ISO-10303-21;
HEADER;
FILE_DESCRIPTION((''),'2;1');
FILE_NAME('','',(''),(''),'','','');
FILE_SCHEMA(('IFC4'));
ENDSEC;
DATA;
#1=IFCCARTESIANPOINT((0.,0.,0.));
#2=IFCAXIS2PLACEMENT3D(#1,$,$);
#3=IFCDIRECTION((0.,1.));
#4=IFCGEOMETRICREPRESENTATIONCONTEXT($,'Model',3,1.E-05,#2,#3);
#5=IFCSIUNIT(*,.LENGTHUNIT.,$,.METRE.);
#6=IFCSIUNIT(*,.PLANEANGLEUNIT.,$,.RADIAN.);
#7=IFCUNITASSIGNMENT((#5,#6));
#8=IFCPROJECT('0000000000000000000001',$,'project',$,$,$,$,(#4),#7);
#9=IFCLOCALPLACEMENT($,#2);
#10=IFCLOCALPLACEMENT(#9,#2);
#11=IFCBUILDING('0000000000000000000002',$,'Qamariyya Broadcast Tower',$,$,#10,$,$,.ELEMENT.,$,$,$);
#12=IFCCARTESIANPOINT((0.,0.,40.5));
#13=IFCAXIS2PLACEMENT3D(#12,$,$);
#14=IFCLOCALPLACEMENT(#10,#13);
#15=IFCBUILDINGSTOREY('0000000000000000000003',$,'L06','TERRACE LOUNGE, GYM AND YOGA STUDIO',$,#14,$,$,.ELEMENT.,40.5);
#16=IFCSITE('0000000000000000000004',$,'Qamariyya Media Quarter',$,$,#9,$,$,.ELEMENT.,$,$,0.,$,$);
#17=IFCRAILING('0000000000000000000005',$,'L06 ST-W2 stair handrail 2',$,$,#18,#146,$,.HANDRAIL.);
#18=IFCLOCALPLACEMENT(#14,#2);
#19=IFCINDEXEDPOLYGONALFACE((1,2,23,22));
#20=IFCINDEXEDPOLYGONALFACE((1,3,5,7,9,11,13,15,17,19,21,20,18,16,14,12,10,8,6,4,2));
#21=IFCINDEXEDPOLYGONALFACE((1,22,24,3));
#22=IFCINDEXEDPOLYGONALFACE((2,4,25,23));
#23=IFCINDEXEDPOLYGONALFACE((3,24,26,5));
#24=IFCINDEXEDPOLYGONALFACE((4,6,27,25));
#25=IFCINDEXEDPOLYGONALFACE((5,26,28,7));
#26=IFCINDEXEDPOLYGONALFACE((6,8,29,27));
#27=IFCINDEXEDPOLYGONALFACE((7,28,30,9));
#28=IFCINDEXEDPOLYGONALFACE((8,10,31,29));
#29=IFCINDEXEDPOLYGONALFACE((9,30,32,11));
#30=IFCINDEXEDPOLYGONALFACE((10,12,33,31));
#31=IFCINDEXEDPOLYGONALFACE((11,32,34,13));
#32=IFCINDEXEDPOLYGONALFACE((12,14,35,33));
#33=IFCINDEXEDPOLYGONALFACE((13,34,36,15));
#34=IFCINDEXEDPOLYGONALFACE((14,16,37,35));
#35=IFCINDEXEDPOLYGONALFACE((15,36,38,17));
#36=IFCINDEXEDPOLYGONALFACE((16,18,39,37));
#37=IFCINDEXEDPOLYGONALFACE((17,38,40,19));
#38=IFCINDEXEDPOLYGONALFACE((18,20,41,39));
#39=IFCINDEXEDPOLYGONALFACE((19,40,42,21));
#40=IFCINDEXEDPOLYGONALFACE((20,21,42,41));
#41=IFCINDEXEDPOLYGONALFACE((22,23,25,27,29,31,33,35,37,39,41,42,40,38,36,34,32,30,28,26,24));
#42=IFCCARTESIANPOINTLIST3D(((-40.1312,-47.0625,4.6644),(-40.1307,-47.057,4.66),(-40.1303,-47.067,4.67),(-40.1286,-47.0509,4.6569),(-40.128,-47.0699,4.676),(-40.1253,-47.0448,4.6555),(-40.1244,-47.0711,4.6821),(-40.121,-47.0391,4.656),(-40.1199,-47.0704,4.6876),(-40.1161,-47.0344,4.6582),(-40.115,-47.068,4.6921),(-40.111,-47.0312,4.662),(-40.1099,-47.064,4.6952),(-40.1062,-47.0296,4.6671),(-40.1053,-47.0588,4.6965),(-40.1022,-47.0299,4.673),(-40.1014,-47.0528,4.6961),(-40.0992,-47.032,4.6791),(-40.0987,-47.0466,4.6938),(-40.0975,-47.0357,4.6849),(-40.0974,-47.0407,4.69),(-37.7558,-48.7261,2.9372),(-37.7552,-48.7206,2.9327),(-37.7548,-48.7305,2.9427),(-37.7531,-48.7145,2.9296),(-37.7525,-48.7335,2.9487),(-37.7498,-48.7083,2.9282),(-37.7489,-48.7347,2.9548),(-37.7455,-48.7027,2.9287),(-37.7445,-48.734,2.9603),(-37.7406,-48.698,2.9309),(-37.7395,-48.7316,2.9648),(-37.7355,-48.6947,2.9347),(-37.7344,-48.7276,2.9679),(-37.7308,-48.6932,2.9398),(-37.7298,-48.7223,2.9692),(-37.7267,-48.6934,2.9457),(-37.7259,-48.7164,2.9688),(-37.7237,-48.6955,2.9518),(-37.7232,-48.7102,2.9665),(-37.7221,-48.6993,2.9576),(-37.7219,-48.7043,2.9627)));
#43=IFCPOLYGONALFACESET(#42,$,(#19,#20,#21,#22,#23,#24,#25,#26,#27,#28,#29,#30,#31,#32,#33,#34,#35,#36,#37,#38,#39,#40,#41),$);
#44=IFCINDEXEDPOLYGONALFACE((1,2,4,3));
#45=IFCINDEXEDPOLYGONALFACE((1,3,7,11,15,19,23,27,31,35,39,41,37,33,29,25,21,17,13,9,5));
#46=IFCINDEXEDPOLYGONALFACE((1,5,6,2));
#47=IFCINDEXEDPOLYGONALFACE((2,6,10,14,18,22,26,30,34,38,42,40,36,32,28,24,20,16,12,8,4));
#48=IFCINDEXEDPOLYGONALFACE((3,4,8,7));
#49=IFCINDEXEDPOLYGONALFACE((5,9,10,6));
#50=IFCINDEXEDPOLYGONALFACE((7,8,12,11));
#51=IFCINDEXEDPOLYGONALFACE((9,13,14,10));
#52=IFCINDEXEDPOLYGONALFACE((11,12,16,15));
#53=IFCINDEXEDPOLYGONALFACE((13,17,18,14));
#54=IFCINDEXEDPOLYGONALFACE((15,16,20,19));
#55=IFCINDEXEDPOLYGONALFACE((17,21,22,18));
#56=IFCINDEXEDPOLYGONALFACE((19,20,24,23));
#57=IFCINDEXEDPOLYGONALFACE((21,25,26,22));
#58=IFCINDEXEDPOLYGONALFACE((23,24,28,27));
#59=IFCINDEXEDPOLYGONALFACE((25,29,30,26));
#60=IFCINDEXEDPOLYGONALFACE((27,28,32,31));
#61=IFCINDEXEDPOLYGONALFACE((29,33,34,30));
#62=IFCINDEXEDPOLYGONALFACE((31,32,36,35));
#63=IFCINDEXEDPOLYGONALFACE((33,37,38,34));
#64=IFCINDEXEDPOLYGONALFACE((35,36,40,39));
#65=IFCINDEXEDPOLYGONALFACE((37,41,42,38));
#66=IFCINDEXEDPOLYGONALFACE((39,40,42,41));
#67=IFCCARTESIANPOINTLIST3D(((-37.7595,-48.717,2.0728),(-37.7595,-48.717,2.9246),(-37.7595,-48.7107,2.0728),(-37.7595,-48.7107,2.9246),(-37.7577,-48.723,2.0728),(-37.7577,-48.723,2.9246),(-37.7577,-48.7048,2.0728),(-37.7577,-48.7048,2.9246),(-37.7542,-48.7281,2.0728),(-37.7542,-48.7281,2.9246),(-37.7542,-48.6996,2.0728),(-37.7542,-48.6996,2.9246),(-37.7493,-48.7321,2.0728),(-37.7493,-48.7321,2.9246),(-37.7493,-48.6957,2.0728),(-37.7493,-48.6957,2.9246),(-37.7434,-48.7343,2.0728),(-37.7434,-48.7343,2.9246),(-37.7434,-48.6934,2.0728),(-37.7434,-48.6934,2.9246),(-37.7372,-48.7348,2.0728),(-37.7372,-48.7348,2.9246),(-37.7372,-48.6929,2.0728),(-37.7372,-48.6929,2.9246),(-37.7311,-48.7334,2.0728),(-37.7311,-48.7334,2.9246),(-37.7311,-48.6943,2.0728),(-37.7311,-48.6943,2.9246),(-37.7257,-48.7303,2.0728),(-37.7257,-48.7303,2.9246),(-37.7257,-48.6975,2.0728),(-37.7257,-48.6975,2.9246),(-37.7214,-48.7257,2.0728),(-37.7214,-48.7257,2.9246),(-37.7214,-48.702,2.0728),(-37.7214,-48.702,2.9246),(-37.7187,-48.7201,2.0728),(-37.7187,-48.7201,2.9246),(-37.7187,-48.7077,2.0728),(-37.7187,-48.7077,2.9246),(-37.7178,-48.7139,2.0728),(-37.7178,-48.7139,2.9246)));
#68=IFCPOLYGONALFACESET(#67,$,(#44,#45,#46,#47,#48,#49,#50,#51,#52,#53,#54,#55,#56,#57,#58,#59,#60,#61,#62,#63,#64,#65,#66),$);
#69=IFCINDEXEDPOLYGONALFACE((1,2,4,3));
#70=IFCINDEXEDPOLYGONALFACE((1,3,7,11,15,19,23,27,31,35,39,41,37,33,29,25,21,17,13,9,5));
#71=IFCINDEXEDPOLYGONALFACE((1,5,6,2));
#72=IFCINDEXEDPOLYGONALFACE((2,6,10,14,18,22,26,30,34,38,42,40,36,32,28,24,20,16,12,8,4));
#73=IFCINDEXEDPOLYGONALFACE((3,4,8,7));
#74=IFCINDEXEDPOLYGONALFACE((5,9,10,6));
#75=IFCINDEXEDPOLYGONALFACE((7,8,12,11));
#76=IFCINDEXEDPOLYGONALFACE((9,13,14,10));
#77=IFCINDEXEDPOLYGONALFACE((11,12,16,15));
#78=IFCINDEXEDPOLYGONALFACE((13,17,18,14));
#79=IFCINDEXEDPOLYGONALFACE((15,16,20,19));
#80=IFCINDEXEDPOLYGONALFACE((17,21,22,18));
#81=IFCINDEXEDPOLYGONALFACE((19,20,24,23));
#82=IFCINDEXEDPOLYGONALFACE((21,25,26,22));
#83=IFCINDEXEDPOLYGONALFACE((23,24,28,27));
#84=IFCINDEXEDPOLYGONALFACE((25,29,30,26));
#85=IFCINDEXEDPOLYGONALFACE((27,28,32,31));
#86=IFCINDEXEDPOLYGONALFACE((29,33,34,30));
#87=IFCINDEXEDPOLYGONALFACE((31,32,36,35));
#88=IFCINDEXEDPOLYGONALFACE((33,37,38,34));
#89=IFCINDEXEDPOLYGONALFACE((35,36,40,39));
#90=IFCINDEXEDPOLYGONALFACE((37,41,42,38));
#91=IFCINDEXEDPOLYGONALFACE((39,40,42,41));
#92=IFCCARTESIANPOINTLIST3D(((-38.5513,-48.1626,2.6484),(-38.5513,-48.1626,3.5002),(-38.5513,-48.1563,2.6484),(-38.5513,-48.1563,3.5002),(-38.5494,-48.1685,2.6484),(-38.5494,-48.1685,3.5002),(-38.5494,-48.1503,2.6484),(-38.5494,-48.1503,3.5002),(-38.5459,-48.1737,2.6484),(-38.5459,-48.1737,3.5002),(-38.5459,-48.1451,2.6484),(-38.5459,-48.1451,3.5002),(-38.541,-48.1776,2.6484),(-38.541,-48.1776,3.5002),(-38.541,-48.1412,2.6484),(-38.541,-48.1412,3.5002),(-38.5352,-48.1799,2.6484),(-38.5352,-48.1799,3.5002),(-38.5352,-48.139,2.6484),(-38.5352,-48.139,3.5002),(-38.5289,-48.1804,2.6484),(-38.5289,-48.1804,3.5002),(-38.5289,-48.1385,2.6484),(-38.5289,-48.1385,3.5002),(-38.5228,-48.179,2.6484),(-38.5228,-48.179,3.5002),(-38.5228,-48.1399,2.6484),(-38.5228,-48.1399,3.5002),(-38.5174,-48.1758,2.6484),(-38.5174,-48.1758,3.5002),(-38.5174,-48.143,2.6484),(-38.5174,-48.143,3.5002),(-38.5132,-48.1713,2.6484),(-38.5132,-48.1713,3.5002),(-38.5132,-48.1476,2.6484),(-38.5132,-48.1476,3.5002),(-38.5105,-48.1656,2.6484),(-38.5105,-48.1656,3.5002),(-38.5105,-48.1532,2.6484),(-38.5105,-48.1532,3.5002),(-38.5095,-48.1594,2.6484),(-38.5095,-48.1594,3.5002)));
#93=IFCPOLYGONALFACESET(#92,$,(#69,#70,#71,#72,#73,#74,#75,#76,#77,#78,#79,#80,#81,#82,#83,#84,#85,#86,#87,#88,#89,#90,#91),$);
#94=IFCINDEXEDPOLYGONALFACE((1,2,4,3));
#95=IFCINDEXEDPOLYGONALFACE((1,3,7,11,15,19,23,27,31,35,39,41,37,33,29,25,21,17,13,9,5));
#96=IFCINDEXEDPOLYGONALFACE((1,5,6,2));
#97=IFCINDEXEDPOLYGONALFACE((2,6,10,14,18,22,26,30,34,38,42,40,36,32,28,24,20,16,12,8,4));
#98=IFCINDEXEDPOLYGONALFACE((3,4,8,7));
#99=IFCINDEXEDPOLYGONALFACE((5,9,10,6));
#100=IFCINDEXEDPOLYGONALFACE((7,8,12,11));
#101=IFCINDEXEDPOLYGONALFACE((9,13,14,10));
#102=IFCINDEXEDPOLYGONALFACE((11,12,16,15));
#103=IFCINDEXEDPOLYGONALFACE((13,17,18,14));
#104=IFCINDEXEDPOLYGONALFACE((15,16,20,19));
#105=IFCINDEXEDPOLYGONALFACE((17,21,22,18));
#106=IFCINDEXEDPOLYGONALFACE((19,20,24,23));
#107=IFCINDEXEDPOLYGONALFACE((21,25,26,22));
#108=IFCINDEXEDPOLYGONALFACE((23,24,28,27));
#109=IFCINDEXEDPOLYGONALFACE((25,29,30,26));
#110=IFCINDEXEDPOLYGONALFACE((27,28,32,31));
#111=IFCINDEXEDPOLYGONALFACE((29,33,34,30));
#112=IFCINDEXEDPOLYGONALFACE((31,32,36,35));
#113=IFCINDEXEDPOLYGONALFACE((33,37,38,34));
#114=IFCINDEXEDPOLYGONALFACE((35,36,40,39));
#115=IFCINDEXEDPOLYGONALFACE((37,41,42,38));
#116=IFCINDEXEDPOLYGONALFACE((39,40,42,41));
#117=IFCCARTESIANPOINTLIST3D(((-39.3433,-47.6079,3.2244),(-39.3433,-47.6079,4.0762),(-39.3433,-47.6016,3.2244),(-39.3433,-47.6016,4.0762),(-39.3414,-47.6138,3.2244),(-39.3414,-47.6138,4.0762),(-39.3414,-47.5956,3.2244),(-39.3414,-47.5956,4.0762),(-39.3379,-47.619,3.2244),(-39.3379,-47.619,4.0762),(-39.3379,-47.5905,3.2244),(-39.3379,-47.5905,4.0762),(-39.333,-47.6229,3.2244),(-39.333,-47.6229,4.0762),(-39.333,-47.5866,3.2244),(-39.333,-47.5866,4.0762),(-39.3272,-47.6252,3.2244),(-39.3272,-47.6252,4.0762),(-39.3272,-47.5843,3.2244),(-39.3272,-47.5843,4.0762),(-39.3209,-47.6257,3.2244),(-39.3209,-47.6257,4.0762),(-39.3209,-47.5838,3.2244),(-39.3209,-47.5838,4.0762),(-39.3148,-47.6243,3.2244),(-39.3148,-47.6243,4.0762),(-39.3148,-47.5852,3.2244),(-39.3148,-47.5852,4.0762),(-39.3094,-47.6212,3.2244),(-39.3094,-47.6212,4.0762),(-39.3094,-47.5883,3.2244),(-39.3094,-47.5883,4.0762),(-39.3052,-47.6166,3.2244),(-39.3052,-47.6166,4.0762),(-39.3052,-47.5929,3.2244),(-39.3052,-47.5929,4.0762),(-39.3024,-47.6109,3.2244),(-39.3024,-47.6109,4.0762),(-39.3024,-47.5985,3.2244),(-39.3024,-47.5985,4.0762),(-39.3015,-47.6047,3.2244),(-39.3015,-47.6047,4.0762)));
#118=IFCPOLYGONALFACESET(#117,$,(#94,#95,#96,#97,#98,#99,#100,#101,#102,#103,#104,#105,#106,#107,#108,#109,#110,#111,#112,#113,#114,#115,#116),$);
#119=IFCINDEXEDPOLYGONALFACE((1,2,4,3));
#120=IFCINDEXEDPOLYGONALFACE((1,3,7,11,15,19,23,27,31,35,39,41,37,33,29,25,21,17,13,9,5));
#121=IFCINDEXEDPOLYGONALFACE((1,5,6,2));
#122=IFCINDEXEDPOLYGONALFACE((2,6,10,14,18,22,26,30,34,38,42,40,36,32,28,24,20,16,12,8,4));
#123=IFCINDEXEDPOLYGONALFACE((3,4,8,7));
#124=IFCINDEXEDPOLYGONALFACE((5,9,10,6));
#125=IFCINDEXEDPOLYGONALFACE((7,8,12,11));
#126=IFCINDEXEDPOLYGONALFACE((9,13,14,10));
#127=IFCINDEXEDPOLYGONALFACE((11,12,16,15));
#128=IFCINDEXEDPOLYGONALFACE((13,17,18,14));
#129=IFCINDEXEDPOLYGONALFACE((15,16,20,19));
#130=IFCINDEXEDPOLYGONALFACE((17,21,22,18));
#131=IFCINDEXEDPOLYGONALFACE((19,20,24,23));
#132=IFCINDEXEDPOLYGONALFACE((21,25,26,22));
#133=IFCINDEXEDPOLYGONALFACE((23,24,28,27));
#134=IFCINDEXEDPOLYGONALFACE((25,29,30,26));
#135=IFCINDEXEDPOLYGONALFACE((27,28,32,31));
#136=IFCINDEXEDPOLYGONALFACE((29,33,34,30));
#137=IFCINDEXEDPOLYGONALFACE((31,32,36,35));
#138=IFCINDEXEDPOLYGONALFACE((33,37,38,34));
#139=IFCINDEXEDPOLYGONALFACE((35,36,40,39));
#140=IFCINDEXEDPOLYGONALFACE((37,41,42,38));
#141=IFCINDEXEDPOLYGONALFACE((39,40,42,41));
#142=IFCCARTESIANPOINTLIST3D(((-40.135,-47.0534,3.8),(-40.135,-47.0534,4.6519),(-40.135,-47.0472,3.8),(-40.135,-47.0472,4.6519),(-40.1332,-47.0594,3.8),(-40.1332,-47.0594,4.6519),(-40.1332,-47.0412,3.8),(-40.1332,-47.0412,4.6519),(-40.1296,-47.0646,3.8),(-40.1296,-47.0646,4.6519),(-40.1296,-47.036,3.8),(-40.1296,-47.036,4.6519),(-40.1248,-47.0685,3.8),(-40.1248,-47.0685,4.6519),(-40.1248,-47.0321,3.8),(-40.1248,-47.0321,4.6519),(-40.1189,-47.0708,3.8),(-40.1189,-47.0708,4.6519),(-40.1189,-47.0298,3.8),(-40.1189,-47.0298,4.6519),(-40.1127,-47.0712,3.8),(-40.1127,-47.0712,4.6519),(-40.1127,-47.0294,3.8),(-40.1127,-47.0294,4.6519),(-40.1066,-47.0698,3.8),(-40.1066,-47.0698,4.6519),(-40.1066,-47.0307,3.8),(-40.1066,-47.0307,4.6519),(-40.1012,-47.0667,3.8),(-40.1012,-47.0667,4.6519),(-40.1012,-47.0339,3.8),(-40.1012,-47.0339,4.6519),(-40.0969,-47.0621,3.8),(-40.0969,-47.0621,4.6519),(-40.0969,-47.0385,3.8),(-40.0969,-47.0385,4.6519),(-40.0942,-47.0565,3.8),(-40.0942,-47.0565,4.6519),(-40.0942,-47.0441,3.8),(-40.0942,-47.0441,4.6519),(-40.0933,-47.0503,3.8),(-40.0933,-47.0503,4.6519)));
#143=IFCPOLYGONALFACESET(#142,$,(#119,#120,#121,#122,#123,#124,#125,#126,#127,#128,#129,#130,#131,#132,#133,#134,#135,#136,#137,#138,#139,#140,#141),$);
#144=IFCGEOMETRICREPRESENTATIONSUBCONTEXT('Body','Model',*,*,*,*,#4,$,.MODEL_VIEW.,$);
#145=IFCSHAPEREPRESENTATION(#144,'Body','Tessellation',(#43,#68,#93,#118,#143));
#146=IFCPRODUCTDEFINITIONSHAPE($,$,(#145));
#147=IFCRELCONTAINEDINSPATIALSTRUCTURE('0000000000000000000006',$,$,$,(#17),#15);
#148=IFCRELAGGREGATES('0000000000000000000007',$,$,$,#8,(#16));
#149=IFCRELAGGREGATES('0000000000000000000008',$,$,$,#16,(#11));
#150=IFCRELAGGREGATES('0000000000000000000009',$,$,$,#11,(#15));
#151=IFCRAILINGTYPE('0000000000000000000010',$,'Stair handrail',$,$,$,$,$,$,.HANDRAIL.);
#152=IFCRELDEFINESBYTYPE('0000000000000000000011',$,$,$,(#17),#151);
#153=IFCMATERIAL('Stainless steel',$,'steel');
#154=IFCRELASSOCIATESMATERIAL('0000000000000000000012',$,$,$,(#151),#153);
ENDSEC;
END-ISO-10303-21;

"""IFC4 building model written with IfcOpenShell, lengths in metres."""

from ifc_helpers import new_model, si_unit, direction, frame, origin, origin_2d, place, context, subcontext, project, spatial, circle, extrude, material, type_object, element, save


model = new_model("IFC4")

# Units and contexts
model_context = context("Model", 3, precision=1e-05, world=origin(), true_north=direction((0.0, 1.0)))
body_context = subcontext(model_context, "Body", "Model", "MODEL_VIEW")
ifc_project = project(units=[si_unit("LENGTHUNIT", "METRE"), si_unit("PLANEANGLEUNIT", "RADIAN")], contexts=[model_context])

# Site, building, storey
site_placement = place(None, origin())
site = spatial("IfcSite", under=ifc_project, at=site_placement, Name="Qamariyya Media Quarter", CompositionType="ELEMENT", RefElevation=0.0)
building_placement = place(site_placement, origin())
building = spatial("IfcBuilding", under=site, at=building_placement, Name="Qamariyya Broadcast Tower", CompositionType="ELEMENT")
storey_placement = place(building_placement, frame((0.0, 0.0, 40.5)))
storey = spatial("IfcBuildingStorey", under=building, at=storey_placement, Name="L06", Description="TERRACE LOUNGE, GYM AND YOGA STUDIO", CompositionType="ELEMENT", Elevation=40.5)

# Railing
ifc_material_1 = material(Name="Stainless steel", Category="steel")
railing_type_1 = type_object("IfcRailingType", Name="Stair handrail", PredefinedType="HANDRAIL", material=ifc_material_1)
railing_1_placement = place(storey_placement, frame((-37.7388, -48.7139, 2.0728)))
element("IfcRailing", 1, at=railing_1_placement, inside=storey, type_object=railing_type_1, Name="L06 ST-W2 stair handrail 2", PredefinedType="HANDRAIL", context=body_context, shape_type="SweptSolid", body=[
    extrude(circle(Radius=0.0239, at=origin_2d()), frame((0.0, 0.0, 0.876), z_axis=(-0.703745, 0.492838, 0.511716), x_axis=(-0.573632, -0.819113, 0.0)), (0.0, 0.0, 1.0), 3.3755),
    extrude(circle(Radius=0.021, at=origin_2d()), origin(), (0.0, 0.0, 1.0), 0.8518),
    extrude(circle(Radius=0.021, at=origin_2d()), frame((-0.7917, 0.5544, 0.5757)), (0.0, 0.0, 1.0), 0.8518),
    extrude(circle(Radius=0.021, at=origin_2d()), frame((-1.5837, 1.1091, 1.1516)), (0.0, 0.0, 1.0), 0.8518),
    extrude(circle(Radius=0.021, at=origin_2d()), frame((-2.3755, 1.6636, 1.7273)), (0.0, 0.0, 1.0), 0.8518),
])

save(model, "model.ifc")
